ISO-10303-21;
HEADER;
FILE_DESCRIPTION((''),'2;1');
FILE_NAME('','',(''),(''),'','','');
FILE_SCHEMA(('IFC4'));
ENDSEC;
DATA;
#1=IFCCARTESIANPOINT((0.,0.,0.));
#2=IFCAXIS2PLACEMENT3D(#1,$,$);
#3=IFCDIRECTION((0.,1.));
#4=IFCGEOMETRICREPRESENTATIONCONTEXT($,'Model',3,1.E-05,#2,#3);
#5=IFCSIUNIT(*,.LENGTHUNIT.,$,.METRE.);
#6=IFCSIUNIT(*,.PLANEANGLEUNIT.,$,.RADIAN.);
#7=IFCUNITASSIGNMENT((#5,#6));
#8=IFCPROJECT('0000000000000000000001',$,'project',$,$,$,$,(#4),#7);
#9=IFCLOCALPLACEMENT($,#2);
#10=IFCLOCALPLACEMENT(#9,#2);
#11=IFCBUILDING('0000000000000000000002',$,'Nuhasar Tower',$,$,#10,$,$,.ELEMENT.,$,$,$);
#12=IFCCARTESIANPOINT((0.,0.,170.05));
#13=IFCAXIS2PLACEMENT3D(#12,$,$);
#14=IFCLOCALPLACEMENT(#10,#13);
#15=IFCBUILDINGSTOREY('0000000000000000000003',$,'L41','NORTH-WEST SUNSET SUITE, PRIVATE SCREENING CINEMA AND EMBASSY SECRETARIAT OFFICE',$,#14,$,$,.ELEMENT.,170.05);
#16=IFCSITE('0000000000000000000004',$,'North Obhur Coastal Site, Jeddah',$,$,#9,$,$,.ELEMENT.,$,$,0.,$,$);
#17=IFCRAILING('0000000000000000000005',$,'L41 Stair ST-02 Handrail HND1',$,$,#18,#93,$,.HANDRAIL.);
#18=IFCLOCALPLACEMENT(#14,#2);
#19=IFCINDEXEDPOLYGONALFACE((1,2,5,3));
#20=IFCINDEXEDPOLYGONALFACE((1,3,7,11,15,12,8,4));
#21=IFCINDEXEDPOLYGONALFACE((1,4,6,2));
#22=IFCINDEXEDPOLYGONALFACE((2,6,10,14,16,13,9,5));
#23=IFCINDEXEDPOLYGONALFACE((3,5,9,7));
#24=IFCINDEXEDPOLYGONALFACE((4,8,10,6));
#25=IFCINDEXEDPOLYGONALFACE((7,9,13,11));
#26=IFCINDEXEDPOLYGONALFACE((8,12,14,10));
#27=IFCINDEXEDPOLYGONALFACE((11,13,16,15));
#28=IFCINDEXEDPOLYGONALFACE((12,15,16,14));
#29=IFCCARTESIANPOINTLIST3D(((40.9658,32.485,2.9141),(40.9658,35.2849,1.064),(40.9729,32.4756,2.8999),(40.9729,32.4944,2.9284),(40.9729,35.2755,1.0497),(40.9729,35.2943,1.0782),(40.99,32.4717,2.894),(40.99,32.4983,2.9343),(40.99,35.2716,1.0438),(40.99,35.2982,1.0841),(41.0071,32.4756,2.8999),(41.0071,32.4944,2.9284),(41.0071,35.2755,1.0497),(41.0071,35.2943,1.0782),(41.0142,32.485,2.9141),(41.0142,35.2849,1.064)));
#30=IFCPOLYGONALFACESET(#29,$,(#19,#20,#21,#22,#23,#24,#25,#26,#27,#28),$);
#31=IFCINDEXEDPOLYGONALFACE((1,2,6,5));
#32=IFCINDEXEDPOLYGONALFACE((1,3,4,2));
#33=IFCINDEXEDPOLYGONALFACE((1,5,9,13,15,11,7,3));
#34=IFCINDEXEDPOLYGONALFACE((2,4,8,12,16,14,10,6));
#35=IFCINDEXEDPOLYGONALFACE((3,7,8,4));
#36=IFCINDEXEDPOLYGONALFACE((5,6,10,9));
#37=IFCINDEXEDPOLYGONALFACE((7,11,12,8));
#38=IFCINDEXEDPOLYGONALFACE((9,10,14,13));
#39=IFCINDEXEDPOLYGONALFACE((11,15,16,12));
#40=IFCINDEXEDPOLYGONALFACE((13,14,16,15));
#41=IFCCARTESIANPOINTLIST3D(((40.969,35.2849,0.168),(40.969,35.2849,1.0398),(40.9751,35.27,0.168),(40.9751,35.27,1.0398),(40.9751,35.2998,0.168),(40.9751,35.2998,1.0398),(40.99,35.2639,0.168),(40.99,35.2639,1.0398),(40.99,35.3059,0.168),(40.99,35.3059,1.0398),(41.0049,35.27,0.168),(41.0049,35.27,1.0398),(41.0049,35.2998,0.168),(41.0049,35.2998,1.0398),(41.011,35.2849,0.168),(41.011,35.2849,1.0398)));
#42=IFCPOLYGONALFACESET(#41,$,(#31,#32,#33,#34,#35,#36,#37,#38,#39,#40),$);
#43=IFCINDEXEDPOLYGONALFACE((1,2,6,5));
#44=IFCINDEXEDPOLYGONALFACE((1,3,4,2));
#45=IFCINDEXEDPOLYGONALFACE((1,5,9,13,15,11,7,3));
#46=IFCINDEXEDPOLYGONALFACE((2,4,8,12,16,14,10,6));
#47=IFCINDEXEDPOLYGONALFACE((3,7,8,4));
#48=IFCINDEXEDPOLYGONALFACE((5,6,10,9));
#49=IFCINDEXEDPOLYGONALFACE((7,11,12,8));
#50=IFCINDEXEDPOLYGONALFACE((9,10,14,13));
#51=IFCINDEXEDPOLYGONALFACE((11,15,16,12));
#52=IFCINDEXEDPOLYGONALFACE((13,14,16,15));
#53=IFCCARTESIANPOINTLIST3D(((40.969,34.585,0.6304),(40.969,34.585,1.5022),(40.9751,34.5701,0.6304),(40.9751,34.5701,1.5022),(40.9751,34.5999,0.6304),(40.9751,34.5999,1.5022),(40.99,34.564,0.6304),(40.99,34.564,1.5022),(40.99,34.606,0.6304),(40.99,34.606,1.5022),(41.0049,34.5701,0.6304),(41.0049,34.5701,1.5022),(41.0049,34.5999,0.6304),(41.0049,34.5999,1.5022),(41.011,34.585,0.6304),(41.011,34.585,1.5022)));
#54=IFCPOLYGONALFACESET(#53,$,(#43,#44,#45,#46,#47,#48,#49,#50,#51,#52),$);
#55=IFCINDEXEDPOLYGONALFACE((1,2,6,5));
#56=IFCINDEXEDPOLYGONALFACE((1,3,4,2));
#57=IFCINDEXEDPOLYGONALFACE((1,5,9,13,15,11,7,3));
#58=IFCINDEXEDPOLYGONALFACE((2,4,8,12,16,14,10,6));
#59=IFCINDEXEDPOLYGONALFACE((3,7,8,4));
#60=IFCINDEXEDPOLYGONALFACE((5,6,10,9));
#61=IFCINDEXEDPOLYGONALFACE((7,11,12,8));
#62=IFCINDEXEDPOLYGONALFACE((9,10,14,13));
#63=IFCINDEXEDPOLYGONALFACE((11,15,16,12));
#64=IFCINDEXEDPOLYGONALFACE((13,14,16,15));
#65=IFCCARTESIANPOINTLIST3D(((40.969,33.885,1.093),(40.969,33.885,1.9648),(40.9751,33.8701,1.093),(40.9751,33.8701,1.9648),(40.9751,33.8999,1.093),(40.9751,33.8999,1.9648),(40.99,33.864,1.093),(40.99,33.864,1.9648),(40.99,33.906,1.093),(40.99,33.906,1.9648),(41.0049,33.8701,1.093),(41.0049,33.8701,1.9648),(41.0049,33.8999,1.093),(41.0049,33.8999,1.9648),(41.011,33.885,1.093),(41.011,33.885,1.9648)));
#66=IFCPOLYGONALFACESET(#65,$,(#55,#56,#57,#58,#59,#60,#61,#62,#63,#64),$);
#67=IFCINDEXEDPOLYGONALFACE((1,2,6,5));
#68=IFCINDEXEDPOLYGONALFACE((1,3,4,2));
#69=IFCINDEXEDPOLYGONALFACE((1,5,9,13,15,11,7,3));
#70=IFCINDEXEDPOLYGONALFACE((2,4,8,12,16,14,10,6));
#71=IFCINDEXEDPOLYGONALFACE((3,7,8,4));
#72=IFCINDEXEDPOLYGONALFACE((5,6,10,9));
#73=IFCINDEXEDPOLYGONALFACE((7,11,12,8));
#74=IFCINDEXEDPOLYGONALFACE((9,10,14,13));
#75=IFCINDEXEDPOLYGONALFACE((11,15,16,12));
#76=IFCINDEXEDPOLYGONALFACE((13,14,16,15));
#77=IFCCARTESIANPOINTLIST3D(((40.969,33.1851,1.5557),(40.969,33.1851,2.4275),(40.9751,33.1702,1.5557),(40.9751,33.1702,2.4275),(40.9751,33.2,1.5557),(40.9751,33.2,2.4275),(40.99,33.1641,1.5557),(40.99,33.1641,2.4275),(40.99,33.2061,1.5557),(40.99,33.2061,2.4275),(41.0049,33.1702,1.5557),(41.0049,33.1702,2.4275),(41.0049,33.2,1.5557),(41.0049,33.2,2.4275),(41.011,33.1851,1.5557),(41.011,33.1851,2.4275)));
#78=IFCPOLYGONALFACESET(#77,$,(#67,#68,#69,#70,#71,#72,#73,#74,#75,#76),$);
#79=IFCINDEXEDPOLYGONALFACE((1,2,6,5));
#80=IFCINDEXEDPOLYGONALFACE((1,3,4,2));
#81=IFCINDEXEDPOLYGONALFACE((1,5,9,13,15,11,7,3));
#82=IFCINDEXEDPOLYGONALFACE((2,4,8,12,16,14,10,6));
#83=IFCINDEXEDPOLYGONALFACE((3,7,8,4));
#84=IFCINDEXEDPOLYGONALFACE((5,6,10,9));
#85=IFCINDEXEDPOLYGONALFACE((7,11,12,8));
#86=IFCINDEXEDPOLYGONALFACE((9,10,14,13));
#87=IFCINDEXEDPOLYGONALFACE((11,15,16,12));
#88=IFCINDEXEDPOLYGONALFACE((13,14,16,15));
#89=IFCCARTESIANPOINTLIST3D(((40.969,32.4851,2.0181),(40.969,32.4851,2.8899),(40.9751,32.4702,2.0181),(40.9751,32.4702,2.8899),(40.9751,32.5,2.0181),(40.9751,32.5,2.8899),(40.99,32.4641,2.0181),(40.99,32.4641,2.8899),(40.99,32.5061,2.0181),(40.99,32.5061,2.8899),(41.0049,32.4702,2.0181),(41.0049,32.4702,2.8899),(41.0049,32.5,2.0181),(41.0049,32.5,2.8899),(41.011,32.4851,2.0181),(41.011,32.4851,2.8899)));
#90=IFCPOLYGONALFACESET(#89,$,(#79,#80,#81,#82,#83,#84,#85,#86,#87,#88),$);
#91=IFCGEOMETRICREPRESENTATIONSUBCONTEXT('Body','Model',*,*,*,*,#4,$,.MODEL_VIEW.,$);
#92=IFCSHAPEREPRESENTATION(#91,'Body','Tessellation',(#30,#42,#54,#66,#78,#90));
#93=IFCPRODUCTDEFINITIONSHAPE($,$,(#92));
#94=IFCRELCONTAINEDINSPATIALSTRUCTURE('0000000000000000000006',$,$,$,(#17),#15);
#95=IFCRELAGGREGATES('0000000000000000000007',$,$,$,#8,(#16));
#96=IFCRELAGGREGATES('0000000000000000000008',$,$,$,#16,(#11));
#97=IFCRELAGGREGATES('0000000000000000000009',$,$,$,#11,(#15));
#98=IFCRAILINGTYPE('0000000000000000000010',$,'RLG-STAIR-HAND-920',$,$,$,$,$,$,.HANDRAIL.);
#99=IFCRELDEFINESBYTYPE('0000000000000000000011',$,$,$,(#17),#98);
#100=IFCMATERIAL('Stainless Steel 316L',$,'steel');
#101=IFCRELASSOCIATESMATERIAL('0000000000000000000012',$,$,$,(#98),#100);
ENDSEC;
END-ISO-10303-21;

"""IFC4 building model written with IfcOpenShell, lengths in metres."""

from ifc_helpers import new_model, si_unit, direction, frame, origin, place, context, subcontext, project, spatial, polyline, outline, extrude, material, type_object, element, save


model = new_model("IFC4")

# Units and contexts
model_context = context("Model", 3, precision=1e-05, world=origin(), true_north=direction((0.0, 1.0)))
body_context = subcontext(model_context, "Body", "Model", "MODEL_VIEW")
ifc_project = project(units=[si_unit("LENGTHUNIT", "METRE"), si_unit("PLANEANGLEUNIT", "RADIAN")], contexts=[model_context])

# Site, building, storey
site_placement = place(None, origin())
site = spatial("IfcSite", under=ifc_project, at=site_placement, Name="North Obhur Coastal Site, Jeddah", CompositionType="ELEMENT", RefElevation=0.0)
building_placement = place(site_placement, origin())
building = spatial("IfcBuilding", under=site, at=building_placement, Name="Nuhasar Tower", CompositionType="ELEMENT")
storey_placement = place(building_placement, frame((0.0, 0.0, 170.05)))
storey = spatial("IfcBuildingStorey", under=building, at=storey_placement, Name="L41", Description="NORTH-WEST SUNSET SUITE, PRIVATE SCREENING CINEMA AND EMBASSY SECRETARIAT OFFICE", CompositionType="ELEMENT", Elevation=170.05)

# Railing
ifc_material_1 = material(Name="Stainless Steel 316L", Category="steel")
railing_type_1 = type_object("IfcRailingType", Name="RLG-STAIR-HAND-920", PredefinedType="HANDRAIL", material=ifc_material_1)
railing_1_placement = place(storey_placement, frame((40.99, 35.2849, 0.168)))
element("IfcRailing", 1, at=railing_1_placement, inside=storey, type_object=railing_type_1, Name="L41 Stair ST-02 Handrail HND1", PredefinedType="HANDRAIL", context=body_context, shape_type="SweptSolid", body=[
    extrude(outline(polyline([(0.0242, 0.0), (0.0171, 0.0171), (0.0, 0.0242), (-0.0171, 0.0171), (-0.0242, 0.0), (-0.0171, -0.0171), (0.0, -0.0242), (0.0171, -0.0171), (0.0242, 0.0)])), frame((0.0, 0.0, 0.896), z_axis=(0.0, -0.834304, 0.551304), x_axis=(1.0, 0.0, 0.0)), (0.0, 0.0, 1.0), 3.356),
    extrude(outline(polyline([(0.021, 0.0), (0.0149, 0.0149), (0.0, 0.021), (-0.0149, 0.0149), (-0.021, 0.0), (-0.0149, -0.0149), (0.0, -0.021), (0.0149, -0.0149), (0.021, 0.0)])), origin(), (0.0, 0.0, 1.0), 0.8718),
    extrude(outline(polyline([(0.021, 0.0), (0.0149, 0.0149), (0.0, 0.021), (-0.0149, 0.0149), (-0.021, 0.0), (-0.0149, -0.0149), (0.0, -0.021), (0.0149, -0.0149), (0.021, 0.0)])), frame((0.0, -0.7, 0.4624)), (0.0, 0.0, 1.0), 0.8718),
    extrude(outline(polyline([(0.021, 0.0), (0.0149, 0.0149), (0.0, 0.021), (-0.0149, 0.0149), (-0.021, 0.0), (-0.0149, -0.0149), (0.0, -0.021), (0.0149, -0.0149), (0.021, 0.0)])), frame((0.0, -1.3999, 0.925)), (0.0, 0.0, 1.0), 0.8718),
    extrude(outline(polyline([(0.021, 0.0), (0.0149, 0.0149), (0.0, 0.021), (-0.0149, 0.0149), (-0.021, 0.0), (-0.0149, -0.0149), (0.0, -0.021), (0.0149, -0.0149), (0.021, 0.0)])), frame((0.0, -2.0999, 1.3877)), (0.0, 0.0, 1.0), 0.8718),
    extrude(outline(polyline([(0.021, 0.0), (0.0149, 0.0149), (0.0, 0.021), (-0.0149, 0.0149), (-0.021, 0.0), (-0.0149, -0.0149), (0.0, -0.021), (0.0149, -0.0149), (0.021, 0.0)])), frame((0.0, -2.7998, 1.8501)), (0.0, 0.0, 1.0), 0.8718),
])

save(model, "model.ifc")
